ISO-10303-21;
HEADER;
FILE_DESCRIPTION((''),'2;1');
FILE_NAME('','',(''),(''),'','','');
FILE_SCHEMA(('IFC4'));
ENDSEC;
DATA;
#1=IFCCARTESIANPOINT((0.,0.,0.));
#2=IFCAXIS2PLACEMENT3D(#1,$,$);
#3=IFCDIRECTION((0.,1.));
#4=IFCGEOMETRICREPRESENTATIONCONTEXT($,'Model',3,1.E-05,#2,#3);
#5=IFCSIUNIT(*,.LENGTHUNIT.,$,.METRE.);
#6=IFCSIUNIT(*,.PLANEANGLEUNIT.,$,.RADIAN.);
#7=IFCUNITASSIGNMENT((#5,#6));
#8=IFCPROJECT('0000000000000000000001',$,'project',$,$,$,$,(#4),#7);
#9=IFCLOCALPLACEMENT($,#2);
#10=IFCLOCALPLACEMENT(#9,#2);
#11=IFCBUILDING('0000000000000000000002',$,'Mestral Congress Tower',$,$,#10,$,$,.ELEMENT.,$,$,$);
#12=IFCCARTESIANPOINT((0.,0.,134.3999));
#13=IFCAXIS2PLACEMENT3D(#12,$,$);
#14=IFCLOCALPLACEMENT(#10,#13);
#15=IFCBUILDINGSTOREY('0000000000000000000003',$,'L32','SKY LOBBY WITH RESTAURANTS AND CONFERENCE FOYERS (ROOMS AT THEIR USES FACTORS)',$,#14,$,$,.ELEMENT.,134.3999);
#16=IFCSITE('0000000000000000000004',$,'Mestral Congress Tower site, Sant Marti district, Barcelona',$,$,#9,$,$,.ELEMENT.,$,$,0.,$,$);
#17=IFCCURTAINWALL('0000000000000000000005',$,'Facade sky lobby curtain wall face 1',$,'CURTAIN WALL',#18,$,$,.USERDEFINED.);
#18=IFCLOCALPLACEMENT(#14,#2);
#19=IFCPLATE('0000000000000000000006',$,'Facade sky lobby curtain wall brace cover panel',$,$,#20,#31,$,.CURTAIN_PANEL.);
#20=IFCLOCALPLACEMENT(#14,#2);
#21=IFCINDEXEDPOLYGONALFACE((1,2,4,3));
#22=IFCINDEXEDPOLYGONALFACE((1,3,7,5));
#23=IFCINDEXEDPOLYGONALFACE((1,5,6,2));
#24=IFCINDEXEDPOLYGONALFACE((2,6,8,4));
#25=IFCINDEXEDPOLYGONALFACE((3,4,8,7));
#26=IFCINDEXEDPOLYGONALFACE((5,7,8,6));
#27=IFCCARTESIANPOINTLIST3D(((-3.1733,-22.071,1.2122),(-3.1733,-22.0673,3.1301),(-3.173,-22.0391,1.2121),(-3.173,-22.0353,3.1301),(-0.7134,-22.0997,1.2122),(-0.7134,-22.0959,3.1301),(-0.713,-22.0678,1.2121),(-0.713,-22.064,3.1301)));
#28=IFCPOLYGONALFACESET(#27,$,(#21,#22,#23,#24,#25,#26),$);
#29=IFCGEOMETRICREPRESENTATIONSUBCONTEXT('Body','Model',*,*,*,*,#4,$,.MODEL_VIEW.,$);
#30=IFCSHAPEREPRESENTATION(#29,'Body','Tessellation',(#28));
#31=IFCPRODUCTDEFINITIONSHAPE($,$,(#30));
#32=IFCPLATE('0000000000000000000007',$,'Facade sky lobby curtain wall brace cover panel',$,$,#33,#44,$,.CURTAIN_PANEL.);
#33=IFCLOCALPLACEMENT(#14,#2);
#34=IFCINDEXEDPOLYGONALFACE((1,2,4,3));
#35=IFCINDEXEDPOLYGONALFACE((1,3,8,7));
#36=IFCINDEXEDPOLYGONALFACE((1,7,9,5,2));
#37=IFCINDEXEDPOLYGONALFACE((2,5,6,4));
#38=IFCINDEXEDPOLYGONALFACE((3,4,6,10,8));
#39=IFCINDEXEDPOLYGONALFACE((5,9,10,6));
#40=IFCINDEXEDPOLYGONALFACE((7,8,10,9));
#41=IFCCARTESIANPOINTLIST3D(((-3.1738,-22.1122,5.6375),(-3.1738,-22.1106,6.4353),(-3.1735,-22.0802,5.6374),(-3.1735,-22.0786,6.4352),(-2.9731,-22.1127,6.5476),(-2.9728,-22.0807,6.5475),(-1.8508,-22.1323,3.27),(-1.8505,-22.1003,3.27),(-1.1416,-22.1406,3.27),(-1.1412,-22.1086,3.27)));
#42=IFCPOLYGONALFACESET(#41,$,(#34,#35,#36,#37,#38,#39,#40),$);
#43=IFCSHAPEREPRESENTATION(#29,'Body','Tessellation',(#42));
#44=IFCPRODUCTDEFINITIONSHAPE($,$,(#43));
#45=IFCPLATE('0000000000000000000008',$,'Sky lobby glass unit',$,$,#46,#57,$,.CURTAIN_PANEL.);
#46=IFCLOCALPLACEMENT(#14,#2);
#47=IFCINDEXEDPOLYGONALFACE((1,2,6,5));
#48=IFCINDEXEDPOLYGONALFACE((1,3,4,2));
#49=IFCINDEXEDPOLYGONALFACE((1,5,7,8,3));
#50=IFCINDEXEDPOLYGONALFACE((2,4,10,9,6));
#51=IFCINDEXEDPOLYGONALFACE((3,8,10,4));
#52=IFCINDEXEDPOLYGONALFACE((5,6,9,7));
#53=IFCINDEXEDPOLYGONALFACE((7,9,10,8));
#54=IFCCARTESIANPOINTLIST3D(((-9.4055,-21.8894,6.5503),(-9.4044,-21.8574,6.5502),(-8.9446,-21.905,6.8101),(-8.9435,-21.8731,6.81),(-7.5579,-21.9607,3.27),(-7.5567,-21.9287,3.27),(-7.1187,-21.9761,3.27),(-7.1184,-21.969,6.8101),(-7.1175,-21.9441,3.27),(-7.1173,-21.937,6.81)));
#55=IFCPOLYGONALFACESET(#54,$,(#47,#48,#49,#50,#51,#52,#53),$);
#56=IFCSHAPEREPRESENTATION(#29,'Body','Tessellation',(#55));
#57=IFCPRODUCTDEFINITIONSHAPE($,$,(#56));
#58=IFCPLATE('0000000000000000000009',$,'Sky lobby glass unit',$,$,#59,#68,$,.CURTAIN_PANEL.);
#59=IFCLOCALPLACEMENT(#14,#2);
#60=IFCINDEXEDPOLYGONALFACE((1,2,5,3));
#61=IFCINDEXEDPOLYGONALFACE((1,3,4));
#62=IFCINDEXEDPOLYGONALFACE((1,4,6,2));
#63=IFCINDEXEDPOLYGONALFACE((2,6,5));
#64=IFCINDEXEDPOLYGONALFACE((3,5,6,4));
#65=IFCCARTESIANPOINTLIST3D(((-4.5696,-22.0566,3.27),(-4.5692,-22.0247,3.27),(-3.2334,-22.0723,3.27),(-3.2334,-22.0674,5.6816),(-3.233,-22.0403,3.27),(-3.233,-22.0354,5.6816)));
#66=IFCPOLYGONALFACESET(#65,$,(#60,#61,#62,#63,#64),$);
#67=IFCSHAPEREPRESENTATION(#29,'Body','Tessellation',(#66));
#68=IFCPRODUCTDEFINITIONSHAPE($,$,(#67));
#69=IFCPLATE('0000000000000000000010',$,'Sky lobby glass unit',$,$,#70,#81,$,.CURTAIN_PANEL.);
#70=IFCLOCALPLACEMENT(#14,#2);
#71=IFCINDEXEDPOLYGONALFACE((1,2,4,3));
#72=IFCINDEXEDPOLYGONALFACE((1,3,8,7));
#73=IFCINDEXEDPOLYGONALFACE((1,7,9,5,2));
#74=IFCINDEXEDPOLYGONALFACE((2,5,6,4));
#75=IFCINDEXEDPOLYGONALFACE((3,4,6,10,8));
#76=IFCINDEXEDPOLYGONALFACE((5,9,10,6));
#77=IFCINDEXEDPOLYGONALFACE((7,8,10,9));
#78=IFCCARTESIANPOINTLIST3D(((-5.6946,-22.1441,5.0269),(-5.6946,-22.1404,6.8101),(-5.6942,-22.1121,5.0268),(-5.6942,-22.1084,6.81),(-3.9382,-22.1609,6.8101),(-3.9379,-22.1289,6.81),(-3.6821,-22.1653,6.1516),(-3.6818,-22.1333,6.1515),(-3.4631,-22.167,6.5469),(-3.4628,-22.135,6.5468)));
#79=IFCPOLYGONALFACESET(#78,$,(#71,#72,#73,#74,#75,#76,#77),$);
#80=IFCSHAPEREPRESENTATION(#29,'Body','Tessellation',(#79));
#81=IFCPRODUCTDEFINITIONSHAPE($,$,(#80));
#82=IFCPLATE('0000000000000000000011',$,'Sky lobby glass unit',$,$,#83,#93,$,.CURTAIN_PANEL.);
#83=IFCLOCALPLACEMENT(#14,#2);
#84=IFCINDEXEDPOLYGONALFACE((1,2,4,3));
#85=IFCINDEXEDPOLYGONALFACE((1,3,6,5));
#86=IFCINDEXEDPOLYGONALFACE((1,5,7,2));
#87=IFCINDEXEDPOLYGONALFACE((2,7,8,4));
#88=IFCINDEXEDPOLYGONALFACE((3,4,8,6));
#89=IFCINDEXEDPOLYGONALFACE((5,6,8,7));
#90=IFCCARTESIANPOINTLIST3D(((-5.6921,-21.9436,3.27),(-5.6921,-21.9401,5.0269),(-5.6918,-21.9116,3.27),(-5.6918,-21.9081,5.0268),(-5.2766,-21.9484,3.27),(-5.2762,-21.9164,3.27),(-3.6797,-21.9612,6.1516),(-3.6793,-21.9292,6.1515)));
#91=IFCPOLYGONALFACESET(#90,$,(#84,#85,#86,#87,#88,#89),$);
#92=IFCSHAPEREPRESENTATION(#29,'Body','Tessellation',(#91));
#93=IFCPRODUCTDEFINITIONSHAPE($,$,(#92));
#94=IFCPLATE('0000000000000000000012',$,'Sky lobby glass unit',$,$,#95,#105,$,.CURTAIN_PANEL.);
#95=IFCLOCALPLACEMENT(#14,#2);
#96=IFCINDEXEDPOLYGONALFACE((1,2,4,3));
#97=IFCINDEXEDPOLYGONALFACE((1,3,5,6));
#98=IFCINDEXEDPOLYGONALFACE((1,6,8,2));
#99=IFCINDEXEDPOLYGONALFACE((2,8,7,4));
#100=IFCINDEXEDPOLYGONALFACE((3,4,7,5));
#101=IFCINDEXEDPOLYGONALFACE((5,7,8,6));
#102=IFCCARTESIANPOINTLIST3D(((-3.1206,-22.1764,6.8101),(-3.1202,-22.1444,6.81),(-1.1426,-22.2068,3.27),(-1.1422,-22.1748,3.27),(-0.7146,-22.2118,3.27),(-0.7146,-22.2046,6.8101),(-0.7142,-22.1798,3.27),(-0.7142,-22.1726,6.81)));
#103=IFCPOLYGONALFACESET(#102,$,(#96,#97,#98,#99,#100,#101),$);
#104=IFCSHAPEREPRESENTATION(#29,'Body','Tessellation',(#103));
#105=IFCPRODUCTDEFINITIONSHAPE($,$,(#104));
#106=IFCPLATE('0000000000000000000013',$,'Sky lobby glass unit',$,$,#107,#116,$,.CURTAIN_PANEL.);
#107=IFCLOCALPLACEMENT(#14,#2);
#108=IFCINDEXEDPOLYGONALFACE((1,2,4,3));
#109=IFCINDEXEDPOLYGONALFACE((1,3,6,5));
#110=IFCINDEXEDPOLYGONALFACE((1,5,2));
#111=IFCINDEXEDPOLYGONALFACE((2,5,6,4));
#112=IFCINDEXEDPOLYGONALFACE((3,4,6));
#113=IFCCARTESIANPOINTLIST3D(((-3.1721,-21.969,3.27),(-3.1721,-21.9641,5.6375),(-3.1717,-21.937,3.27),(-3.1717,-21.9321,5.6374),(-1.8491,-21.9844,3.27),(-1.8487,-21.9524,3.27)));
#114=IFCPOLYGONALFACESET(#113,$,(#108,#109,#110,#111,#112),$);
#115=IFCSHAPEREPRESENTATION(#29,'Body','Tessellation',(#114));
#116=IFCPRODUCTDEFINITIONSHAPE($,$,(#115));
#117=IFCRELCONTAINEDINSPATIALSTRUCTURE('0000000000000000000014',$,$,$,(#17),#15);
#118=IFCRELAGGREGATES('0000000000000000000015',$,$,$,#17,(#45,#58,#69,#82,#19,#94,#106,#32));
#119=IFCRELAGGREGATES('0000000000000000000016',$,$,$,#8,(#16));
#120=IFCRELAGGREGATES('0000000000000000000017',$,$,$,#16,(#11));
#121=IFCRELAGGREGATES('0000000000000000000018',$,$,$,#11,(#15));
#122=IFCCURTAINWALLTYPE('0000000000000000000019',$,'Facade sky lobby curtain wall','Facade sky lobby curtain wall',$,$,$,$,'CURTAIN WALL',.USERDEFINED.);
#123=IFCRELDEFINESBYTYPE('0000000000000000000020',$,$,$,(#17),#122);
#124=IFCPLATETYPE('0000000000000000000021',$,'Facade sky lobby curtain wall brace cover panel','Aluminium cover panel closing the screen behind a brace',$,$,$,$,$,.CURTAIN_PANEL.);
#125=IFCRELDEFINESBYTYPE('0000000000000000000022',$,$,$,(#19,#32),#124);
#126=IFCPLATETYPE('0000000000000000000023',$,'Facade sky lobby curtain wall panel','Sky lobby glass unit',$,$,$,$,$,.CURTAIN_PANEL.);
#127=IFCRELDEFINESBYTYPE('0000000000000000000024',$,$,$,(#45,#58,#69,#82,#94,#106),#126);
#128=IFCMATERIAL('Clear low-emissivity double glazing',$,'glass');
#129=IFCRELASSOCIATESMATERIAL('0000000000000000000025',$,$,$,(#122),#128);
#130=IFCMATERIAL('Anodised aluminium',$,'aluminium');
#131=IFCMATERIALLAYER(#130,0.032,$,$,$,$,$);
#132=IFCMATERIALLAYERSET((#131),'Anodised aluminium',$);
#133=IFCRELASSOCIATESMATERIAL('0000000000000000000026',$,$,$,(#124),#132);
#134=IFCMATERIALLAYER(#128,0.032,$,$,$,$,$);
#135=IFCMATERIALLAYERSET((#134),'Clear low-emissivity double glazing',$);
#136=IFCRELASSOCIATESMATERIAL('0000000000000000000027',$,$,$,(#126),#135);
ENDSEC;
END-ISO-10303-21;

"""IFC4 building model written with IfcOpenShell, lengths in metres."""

from ifc_helpers import new_model, si_unit, direction, frame, origin, place, context, subcontext, project, spatial, polyline, outline, extrude, material, layer, layer_set, type_object, element, aggregate, save


model = new_model("IFC4")

# Units and contexts
model_context = context("Model", 3, precision=1e-05, world=origin(), true_north=direction((0.0, 1.0)))
body_context = subcontext(model_context, "Body", "Model", "MODEL_VIEW")
ifc_project = project(units=[si_unit("LENGTHUNIT", "METRE"), si_unit("PLANEANGLEUNIT", "RADIAN")], contexts=[model_context])

# Site, building, storey
site_placement = place(None, origin())
site = spatial("IfcSite", under=ifc_project, at=site_placement, Name="Mestral Congress Tower site, Sant Marti district, Barcelona", CompositionType="ELEMENT", RefElevation=0.0)
building_placement = place(site_placement, origin())
building = spatial("IfcBuilding", under=site, at=building_placement, Name="Mestral Congress Tower", CompositionType="ELEMENT")
storey_placement = place(building_placement, frame((0.0, 0.0, 134.3999)))
storey = spatial("IfcBuildingStorey", under=building, at=storey_placement, Name="L32", Description="SKY LOBBY WITH RESTAURANTS AND CONFERENCE FOYERS (ROOMS AT THEIR USES FACTORS)", CompositionType="ELEMENT", Elevation=134.3999)

# Curtain wall
ifc_material_1 = material(Name="Clear low-emissivity double glazing", Category="glass")
curtain_wall_type = type_object("IfcCurtainWallType", Name="Facade sky lobby curtain wall", Description="Facade sky lobby curtain wall", ElementType="CURTAIN WALL", PredefinedType="USERDEFINED", material=ifc_material_1)
curtain_wall_placement = place(storey_placement, origin())
curtain_wall = element("IfcCurtainWall", 1, at=curtain_wall_placement, inside=storey, type_object=curtain_wall_type, Name="Facade sky lobby curtain wall face 1", ObjectType="CURTAIN WALL", PredefinedType="USERDEFINED")
ifc_material_2 = material(Name="Anodised aluminium", Category="aluminium")

# Plates
ifc_layer_1 = layer(ifc_material_2, 0.032)
ifc_layer_set_1 = layer_set([ifc_layer_1], Name="Anodised aluminium")
plate_type_1 = type_object("IfcPlateType", Name="Facade sky lobby curtain wall brace cover panel", Description="Aluminium cover panel closing the screen behind a brace", PredefinedType="CURTAIN_PANEL", material=ifc_layer_set_1)
plate_1_placement = place(storey_placement, frame((-0.7134, -22.0959, 3.1301), z_axis=(-0.011661, -0.99993, 0.001973), x_axis=(0.000001, -0.001973, -0.999998)))
plate_1 = element("IfcPlate", 2, at=plate_1_placement, type_object=plate_type_1, Name="Facade sky lobby curtain wall brace cover panel", PredefinedType="CURTAIN_PANEL", context=body_context, shape_type="SweptSolid", body=[
    extrude(outline(polyline([(0.0, 0.0), (1.918, 0.0), (1.9179, -2.4601), (-0.0001, -2.4601), (0.0, 0.0)])), origin(), (0.0, 0.0, -1.0), 0.032),
])
plate_2_placement = place(storey_placement, frame((-3.1738, -22.1106, 6.4353), z_axis=(-0.011654, -0.99993, 0.001981), x_axis=(0.872615, -0.009202, 0.488322)))
plate_2 = element("IfcPlate", 3, at=plate_2_placement, type_object=plate_type_1, Name="Facade sky lobby curtain wall brace cover panel", PredefinedType="CURTAIN_PANEL", context=body_context, shape_type="SweptSolid", body=[
    extrude(outline(polyline([(0.0, 0.0), (0.23, 0.0), (0.228, -3.7547), (-0.391, -3.4084), (-0.3896, -0.6963), (0.0, 0.0)])), origin(), (0.0, 0.0, -1.0), 0.032),
])
ifc_layer_2 = layer(ifc_material_1, 0.032)
ifc_layer_set_2 = layer_set([ifc_layer_2], Name="Clear low-emissivity double glazing")
plate_type_2 = type_object("IfcPlateType", Name="Facade sky lobby curtain wall panel", Description="Sky lobby glass unit", PredefinedType="CURTAIN_PANEL", material=ifc_layer_set_2)
plate_3_placement = place(storey_placement, frame((-8.9446, -21.905, 6.8101), z_axis=(-0.035004, -0.999385, 0.002002), x_axis=(0.999387, -0.035004, 0.0)))
plate_3 = element("IfcPlate", 4, at=plate_3_placement, type_object=plate_type_2, Name="Sky lobby glass unit", PredefinedType="CURTAIN_PANEL", context=body_context, shape_type="SweptSolid", body=[
    extrude(outline(polyline([(0.0, 0.0), (1.8273, 0.0), (1.8273, -3.54), (1.3878, -3.54), (-0.4612, -0.2598), (0.0, 0.0)])), origin(), (0.0, 0.0, -1.0), 0.032),
])
plate_4_placement = place(storey_placement, frame((-3.2334, -22.0674, 5.6816), z_axis=(-0.011693, -0.99993, 0.002025), x_axis=(0.0, -0.002025, -0.999998)))
plate_4 = element("IfcPlate", 5, at=plate_4_placement, type_object=plate_type_2, Name="Sky lobby glass unit", PredefinedType="CURTAIN_PANEL", context=body_context, shape_type="SweptSolid", body=[
    extrude(outline(polyline([(0.0, 0.0), (2.4116, 0.0), (2.4116, -1.3363), (0.0, 0.0)])), origin(), (0.0, 0.0, -1.0), 0.032),
])
plate_5_placement = place(storey_placement, frame((-3.6821, -22.1653, 6.1516), z_axis=(-0.011693, -0.999929, 0.002076), x_axis=(-0.872879, 0.009195, -0.48785)))
plate_5 = element("IfcPlate", 6, at=plate_5_placement, type_object=plate_type_2, Name="Sky lobby glass unit", PredefinedType="CURTAIN_PANEL", context=body_context, shape_type="SweptSolid", body=[
    extrude(outline(polyline([(0.0, 0.0), (2.3055, 0.0), (1.4356, -1.5566), (-0.0976, -0.6997), (-0.384, -0.2382), (0.0, 0.0)])), origin(), (0.0, 0.0, -1.0), 0.032),
])
plate_6_placement = place(storey_placement, frame((-5.6921, -21.9436, 3.27), z_axis=(-0.011578, -0.999931, 0.001986), x_axis=(-0.000001, 0.001986, 0.999998)))
plate_6 = element("IfcPlate", 7, at=plate_6_placement, type_object=plate_type_2, Name="Sky lobby glass unit", PredefinedType="CURTAIN_PANEL", context=body_context, shape_type="SweptSolid", body=[
    extrude(outline(polyline([(0.0, 0.0), (1.7568, 0.0), (2.8815, -2.0126), (0.0, -0.4156), (0.0, 0.0)])), origin(), (0.0, 0.0, -1.0), 0.032),
])
plate_7_placement = place(storey_placement, frame((-0.7146, -22.2046, 6.8101), z_axis=(-0.011715, -0.999929, 0.002037), x_axis=(0.0, -0.002037, -0.999998)))
plate_7 = element("IfcPlate", 8, at=plate_7_placement, type_object=plate_type_2, Name="Sky lobby glass unit", PredefinedType="CURTAIN_PANEL", context=body_context, shape_type="SweptSolid", body=[
    extrude(outline(polyline([(0.0, 0.0), (3.54, 0.0), (3.54, -0.428), (-0.0001, -2.4062), (0.0, 0.0)])), origin(), (0.0, 0.0, -1.0), 0.032),
])
plate_8_placement = place(storey_placement, frame((-3.1721, -21.969, 3.27), z_axis=(-0.011625, -0.99993, 0.002062), x_axis=(0.0, 0.002062, 0.999998)))
plate_8 = element("IfcPlate", 9, at=plate_8_placement, type_object=plate_type_2, Name="Sky lobby glass unit", PredefinedType="CURTAIN_PANEL", context=body_context, shape_type="SweptSolid", body=[
    extrude(outline(polyline([(0.0, 0.0), (2.3674, 0.0), (0.0, -1.3231), (0.0, 0.0)])), origin(), (0.0, 0.0, -1.0), 0.032),
])
aggregate(curtain_wall, [plate_3, plate_4, plate_5, plate_6, plate_1, plate_7, plate_8, plate_2])

save(model, "model.ifc")
